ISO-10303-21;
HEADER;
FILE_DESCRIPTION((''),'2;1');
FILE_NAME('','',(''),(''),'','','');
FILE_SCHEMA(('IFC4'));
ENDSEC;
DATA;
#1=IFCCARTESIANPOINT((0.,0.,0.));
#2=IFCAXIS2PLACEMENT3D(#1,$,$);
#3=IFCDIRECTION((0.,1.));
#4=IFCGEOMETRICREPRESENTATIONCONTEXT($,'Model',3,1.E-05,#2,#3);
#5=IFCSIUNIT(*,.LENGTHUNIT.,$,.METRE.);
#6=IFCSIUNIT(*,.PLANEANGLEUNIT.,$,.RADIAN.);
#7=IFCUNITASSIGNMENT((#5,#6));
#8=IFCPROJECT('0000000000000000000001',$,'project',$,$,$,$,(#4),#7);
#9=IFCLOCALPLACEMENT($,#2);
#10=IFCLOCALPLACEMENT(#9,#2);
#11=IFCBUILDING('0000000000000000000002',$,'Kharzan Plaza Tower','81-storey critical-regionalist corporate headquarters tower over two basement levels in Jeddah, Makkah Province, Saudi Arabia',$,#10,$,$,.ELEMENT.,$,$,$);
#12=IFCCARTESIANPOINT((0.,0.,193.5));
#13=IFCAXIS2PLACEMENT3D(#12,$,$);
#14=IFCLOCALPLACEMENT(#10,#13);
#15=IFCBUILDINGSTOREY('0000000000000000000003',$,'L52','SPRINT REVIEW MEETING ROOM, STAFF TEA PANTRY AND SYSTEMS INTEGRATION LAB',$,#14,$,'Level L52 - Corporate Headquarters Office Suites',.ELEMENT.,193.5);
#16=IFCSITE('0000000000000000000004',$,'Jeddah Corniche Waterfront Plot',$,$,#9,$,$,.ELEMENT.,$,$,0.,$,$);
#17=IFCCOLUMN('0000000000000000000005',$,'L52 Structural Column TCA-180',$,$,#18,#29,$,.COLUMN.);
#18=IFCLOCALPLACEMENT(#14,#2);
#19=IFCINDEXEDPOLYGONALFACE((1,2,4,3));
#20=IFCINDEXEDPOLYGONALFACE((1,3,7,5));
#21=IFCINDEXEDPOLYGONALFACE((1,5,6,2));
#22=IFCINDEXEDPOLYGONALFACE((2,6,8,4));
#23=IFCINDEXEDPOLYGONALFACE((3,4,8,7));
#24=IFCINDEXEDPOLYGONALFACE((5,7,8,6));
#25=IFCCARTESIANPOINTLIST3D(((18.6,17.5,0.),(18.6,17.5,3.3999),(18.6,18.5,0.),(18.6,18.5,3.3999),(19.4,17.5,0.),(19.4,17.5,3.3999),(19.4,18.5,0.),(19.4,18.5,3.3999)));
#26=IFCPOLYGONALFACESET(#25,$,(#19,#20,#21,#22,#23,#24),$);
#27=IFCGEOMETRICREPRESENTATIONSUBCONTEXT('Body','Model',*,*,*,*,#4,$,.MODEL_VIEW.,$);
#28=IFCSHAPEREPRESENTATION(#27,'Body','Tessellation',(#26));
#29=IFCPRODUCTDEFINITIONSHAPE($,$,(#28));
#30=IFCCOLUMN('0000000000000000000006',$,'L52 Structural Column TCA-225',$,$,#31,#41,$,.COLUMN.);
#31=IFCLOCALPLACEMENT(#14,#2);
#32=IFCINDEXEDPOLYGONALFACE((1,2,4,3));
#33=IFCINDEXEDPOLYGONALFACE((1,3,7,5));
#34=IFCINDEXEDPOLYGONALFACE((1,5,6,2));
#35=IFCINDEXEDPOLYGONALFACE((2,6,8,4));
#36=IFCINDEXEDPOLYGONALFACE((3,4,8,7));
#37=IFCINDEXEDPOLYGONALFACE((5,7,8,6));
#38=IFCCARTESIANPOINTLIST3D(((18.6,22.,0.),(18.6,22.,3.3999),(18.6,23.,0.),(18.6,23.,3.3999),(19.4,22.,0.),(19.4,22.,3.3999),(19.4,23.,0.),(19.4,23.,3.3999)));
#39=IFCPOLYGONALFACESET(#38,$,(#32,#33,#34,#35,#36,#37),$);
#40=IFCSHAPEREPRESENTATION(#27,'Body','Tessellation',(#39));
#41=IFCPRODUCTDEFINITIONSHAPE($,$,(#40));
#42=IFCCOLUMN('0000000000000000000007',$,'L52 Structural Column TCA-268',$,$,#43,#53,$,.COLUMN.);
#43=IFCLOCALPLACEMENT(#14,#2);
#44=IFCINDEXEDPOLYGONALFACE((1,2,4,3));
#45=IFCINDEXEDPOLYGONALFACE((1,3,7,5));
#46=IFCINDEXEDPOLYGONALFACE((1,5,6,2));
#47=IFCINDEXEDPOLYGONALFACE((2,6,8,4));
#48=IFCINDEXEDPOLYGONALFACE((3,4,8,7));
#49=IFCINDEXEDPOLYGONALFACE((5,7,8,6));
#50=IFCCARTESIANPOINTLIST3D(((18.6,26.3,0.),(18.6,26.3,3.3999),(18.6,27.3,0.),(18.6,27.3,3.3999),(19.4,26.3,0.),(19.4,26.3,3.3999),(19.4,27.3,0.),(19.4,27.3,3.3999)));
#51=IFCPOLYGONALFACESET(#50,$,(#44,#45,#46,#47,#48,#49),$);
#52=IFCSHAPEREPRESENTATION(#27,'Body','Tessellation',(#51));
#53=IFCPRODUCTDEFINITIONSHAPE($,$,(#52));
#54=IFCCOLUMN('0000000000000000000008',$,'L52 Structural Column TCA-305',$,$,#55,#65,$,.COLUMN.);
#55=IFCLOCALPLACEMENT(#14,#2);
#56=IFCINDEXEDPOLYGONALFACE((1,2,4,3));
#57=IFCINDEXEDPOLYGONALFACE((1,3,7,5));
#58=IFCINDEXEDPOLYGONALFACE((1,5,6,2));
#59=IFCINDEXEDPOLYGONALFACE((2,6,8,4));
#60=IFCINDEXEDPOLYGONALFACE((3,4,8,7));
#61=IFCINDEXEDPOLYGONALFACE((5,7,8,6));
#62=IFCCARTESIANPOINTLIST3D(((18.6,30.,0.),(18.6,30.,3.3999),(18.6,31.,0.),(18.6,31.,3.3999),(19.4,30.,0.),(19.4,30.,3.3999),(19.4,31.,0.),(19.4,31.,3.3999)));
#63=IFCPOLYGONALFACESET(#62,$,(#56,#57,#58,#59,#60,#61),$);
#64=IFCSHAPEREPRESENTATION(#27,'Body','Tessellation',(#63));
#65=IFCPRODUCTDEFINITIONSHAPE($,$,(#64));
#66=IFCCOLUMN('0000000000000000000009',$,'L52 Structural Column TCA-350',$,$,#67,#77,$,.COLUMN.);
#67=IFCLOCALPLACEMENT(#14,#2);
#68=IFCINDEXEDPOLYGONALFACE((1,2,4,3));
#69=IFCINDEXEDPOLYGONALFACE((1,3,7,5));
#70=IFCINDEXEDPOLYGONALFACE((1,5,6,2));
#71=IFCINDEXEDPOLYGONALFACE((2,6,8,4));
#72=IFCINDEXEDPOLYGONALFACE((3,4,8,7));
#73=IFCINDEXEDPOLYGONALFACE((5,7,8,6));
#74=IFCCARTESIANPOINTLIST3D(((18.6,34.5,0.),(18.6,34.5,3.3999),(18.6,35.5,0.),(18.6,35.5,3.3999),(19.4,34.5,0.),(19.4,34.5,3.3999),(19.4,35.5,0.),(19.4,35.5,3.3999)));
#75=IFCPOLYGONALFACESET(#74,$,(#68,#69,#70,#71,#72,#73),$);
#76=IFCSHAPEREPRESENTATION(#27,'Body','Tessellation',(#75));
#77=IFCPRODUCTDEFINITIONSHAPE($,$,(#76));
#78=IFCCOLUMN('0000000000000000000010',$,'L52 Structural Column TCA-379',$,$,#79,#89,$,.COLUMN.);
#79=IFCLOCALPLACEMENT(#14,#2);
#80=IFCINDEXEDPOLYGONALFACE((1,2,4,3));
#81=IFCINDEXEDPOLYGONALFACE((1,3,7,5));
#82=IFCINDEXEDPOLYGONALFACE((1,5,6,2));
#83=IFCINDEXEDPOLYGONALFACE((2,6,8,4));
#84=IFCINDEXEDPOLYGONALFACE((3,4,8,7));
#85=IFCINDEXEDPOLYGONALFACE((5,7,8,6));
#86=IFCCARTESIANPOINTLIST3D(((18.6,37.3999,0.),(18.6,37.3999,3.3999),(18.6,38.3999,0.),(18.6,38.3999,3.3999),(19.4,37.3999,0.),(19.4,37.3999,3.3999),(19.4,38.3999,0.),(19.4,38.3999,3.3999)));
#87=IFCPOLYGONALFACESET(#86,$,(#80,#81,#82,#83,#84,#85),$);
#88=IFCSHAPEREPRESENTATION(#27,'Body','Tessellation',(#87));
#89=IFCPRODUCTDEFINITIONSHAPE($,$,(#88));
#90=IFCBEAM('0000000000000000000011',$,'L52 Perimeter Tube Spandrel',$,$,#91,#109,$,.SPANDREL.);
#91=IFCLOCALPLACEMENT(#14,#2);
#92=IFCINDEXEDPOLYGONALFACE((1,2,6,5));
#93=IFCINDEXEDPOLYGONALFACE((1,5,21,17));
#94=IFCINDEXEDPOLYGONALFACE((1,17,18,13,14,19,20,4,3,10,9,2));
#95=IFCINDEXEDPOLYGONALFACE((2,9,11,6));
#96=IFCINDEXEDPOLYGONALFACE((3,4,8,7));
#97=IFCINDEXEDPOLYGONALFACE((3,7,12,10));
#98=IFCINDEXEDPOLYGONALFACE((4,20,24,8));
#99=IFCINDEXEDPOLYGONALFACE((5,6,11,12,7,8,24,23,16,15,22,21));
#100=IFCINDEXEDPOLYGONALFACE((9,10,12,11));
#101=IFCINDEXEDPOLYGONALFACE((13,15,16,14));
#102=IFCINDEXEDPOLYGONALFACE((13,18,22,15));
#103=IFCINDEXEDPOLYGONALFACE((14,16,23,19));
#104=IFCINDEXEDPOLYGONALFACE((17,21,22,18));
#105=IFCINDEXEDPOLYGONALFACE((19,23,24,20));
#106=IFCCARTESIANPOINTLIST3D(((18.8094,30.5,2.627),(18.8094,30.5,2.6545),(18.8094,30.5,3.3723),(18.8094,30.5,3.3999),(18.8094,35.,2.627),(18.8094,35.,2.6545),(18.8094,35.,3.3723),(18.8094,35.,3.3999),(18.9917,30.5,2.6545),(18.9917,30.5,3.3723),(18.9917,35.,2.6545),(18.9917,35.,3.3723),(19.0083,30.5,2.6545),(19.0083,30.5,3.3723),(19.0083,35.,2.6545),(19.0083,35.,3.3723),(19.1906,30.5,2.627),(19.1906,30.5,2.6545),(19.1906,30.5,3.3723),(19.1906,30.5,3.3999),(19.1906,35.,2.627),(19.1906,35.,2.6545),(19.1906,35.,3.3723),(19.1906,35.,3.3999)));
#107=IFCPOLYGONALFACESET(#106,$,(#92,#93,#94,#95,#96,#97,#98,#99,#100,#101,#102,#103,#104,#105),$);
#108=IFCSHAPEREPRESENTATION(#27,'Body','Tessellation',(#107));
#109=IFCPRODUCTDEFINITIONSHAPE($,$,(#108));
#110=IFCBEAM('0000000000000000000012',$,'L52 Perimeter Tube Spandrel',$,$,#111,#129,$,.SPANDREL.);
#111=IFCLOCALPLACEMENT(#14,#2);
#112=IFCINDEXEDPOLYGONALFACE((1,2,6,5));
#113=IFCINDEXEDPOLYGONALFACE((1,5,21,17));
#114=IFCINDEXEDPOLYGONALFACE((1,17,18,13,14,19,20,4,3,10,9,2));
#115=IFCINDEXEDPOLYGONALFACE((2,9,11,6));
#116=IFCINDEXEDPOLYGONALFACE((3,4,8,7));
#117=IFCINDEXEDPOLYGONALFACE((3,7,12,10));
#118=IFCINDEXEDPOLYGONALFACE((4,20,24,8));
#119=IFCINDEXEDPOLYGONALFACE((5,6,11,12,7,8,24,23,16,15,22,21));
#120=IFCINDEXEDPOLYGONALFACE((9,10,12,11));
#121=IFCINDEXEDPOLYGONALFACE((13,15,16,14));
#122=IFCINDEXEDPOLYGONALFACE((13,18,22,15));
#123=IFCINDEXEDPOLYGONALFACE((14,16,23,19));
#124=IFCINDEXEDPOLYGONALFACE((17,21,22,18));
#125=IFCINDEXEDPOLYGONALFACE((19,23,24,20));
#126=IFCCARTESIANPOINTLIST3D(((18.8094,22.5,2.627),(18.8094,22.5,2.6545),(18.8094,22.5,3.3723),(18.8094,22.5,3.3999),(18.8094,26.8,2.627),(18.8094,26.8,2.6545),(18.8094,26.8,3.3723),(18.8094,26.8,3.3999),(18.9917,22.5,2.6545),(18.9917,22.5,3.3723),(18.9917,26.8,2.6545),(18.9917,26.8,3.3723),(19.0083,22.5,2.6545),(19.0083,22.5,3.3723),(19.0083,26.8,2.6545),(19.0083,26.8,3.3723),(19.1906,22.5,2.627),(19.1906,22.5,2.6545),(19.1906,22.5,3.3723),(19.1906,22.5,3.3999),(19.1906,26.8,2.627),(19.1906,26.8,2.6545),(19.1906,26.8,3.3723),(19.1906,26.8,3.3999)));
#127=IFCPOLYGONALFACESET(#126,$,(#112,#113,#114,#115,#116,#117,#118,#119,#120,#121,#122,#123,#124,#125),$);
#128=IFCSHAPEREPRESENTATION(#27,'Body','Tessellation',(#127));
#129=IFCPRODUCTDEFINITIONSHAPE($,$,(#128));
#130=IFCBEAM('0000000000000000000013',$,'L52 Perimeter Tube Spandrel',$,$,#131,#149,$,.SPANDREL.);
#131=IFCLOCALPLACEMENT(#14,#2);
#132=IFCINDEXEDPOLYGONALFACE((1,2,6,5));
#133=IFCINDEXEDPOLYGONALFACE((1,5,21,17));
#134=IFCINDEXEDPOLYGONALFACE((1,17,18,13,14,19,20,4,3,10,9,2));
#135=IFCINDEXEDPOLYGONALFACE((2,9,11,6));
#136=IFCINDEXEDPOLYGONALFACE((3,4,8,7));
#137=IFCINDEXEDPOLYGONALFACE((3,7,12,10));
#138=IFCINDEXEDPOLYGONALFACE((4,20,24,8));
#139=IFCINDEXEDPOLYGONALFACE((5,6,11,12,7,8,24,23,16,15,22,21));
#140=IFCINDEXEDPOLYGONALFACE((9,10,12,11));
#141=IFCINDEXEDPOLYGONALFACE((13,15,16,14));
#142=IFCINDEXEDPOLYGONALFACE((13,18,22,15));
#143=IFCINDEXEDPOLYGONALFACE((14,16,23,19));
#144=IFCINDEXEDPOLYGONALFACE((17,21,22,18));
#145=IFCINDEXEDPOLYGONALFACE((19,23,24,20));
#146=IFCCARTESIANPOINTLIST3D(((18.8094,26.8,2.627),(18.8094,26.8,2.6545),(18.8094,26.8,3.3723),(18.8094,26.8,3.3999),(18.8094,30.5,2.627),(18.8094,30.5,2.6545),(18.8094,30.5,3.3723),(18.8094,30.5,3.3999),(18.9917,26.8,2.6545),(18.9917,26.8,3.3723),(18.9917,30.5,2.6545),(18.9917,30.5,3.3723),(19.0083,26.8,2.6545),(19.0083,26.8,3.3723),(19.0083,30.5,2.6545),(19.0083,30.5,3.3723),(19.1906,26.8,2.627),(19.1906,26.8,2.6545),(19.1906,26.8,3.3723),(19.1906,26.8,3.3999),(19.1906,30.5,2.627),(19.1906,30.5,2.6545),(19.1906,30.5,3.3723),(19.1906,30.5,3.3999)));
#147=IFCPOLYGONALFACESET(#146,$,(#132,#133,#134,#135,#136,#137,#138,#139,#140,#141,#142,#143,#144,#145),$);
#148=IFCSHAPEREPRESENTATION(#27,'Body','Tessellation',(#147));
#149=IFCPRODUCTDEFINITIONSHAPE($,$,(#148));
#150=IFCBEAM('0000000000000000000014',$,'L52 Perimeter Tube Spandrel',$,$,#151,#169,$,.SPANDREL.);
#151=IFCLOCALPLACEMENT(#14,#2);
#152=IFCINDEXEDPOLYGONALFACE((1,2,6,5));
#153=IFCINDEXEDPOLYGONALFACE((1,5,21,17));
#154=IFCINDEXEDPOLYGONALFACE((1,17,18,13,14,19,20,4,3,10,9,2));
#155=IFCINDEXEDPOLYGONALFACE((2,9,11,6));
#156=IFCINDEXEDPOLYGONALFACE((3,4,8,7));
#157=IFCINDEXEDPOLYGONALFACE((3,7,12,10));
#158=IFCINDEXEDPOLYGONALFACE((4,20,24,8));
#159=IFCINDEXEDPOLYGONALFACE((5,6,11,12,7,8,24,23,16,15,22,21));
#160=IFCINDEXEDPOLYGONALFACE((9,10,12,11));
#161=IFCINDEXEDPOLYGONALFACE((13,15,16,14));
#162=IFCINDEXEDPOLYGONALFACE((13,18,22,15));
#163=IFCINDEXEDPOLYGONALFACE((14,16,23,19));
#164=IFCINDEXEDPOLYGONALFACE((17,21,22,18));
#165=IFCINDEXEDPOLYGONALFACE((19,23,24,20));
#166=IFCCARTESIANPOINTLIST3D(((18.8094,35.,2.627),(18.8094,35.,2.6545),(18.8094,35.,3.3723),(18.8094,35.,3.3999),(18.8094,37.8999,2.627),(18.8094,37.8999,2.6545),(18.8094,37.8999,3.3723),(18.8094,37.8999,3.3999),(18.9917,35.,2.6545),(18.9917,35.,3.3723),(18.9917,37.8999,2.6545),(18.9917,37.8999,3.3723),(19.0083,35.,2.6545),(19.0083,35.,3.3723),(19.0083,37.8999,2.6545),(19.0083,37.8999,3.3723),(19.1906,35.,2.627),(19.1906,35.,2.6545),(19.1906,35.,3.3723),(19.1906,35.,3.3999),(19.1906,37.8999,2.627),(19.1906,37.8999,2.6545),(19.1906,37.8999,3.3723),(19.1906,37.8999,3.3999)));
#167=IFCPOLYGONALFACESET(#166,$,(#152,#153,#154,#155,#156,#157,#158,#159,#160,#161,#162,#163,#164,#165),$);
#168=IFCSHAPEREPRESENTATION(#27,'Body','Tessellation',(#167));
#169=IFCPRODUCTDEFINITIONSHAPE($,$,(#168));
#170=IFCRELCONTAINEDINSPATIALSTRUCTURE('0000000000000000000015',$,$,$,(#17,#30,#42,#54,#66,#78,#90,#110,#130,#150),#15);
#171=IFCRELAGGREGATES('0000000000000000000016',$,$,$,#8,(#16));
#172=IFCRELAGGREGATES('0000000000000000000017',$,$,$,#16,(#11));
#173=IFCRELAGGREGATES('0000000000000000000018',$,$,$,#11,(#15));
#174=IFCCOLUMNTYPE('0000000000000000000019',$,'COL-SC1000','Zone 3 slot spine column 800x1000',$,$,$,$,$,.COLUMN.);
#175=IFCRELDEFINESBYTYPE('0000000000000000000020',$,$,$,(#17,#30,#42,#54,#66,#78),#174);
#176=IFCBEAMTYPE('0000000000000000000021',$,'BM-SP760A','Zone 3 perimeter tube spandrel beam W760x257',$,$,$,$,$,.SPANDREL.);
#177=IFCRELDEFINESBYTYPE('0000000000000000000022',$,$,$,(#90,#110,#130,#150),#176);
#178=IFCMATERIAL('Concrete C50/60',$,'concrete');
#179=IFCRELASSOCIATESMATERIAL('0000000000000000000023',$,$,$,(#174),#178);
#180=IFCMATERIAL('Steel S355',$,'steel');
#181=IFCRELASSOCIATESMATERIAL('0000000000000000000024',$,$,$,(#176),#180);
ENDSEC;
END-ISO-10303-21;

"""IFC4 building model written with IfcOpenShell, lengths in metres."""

from ifc_helpers import new_model, si_unit, direction, frame, origin, origin_2d, place, context, subcontext, project, spatial, rectangle, i_section, extrude, source, transform, mapped, material, material_profile, profile_set, type_object, element, save


model = new_model("IFC4")

# Units and contexts
model_context = context("Model", 3, precision=1e-05, world=origin(), true_north=direction((0.0, 1.0)))
body_context = subcontext(model_context, "Body", "Model", "MODEL_VIEW")
ifc_project = project(units=[si_unit("LENGTHUNIT", "METRE"), si_unit("PLANEANGLEUNIT", "RADIAN")], contexts=[model_context])

# Site, building, storey
site_placement = place(None, origin())
site = spatial("IfcSite", under=ifc_project, at=site_placement, Name="Jeddah Corniche Waterfront Plot", CompositionType="ELEMENT", RefElevation=0.0)
building_placement = place(site_placement, origin())
building = spatial("IfcBuilding", under=site, at=building_placement, Name="Kharzan Plaza Tower", Description="81-storey critical-regionalist corporate headquarters tower over two basement levels in Jeddah, Makkah Province, Saudi Arabia", CompositionType="ELEMENT")
storey_placement = place(building_placement, frame((0.0, 0.0, 193.5)))
storey = spatial("IfcBuildingStorey", under=building, at=storey_placement, Name="L52", Description="SPRINT REVIEW MEETING ROOM, STAFF TEA PANTRY AND SYSTEMS INTEGRATION LAB", LongName="Level L52 - Corporate Headquarters Office Suites", CompositionType="ELEMENT", Elevation=193.5)

# Columns
ifc_material_1 = material(Name="Concrete C50/60", Category="concrete")
ifc_material_profile_1 = material_profile(ifc_material_1, rectangle(XDim=0.8, YDim=1.0, at=origin_2d()), Name="RC-SC1000x800")
ifc_profile_set_1 = profile_set([ifc_material_profile_1], Name="Concrete C50/60")
column_type = type_object("IfcColumnType", Name="COL-SC1000", Description="Zone 3 slot spine column 800x1000", PredefinedType="COLUMN", material=ifc_profile_set_1)
shared_shape_1 = source(origin(), body_context, "Body", "SweptSolid", [
    extrude(rectangle(XDim=0.8, YDim=1.0, at=origin_2d()), origin(), (0.0, 0.0, 1.0), 3.3999),
])
for number, where, z_axis, x_axis, name in (
    (1, (19.0, 18.0, 0.0), (0.0, 0.0, 1.0), (1.0, 0.0, 0.0), "L52 Structural Column TCA-180"),
    (2, (19.0, 22.5, 0.0), (0.0, 0.0, 1.0), (1.0, 0.0, 0.0), "L52 Structural Column TCA-225"),
    (3, (19.0, 26.8, 0.0), (0.0, 0.0, 1.0), (1.0, 0.0, 0.0), "L52 Structural Column TCA-268"),
    (4, (19.0, 30.5, 0.0), (0.0, 0.0, 1.0), (1.0, 0.0, 0.0), "L52 Structural Column TCA-305"),
    (5, (19.0, 35.0, 0.0), (0.0, 0.0, 1.0), (1.0, 0.0, 0.0), "L52 Structural Column TCA-350"),
    (6, (19.0, 37.8999, 0.0), (0.0, 0.0, 1.0), (1.0, 0.0, 0.0), "L52 Structural Column TCA-379"),
):
    element("IfcColumn", number, at=place(storey_placement, frame(where, z_axis=z_axis, x_axis=x_axis)), inside=storey, type_object=column_type, Name=name, PredefinedType="COLUMN", context=body_context, shape_type="MappedRepresentation", body=[
        mapped(shared_shape_1, transform((0.0, 0.0, 0.0), x_axis=(1.0, 0.0, 0.0), y_axis=(0.0, 1.0, 0.0), z_axis=(0.0, 0.0, 1.0))),
    ])

# Beams
ifc_material_2 = material(Name="Steel S355", Category="steel")
ifc_material_profile_2 = material_profile(ifc_material_2, i_section(OverallWidth=0.3811, OverallDepth=0.7729, WebThickness=0.0166, FlangeThickness=0.0276, at=origin_2d()), Name="W760x257")
ifc_profile_set_2 = profile_set([ifc_material_profile_2], Name="Steel S355")
beam_type = type_object("IfcBeamType", Name="BM-SP760A", Description="Zone 3 perimeter tube spandrel beam W760x257", PredefinedType="SPANDREL", material=ifc_profile_set_2)
shared_shape_2 = source(origin(), body_context, "Body", "SweptSolid", [
    extrude(i_section(OverallWidth=0.3811, OverallDepth=0.7729, WebThickness=0.0166, FlangeThickness=0.0276, at=origin_2d()), origin(), (0.0, 0.0, 1.0), 4.5),
])
beam_1_placement = place(storey_placement, frame((19.0, 30.5, 3.0134), z_axis=(0.0, 1.0, 0.0), x_axis=(-1.0, 0.0, 0.0)))
element("IfcBeam", 7, at=beam_1_placement, inside=storey, type_object=beam_type, Name="L52 Perimeter Tube Spandrel", PredefinedType="SPANDREL", context=body_context, shape_type="MappedRepresentation", body=[
    mapped(shared_shape_2, transform((0.0, 0.0, 0.0), x_axis=(1.0, 0.0, 0.0), y_axis=(0.0, 1.0, 0.0), z_axis=(0.0, 0.0, 1.0))),
])
shared_shape_3 = source(origin(), body_context, "Body", "SweptSolid", [
    extrude(i_section(OverallWidth=0.3811, OverallDepth=0.7729, WebThickness=0.0166, FlangeThickness=0.0276, at=origin_2d()), origin(), (0.0, 0.0, 1.0), 4.3),
])
beam_2_placement = place(storey_placement, frame((19.0, 22.5, 3.0134), z_axis=(0.0, 1.0, 0.0), x_axis=(-1.0, 0.0, 0.0)))
element("IfcBeam", 8, at=beam_2_placement, inside=storey, type_object=beam_type, Name="L52 Perimeter Tube Spandrel", PredefinedType="SPANDREL", context=body_context, shape_type="MappedRepresentation", body=[
    mapped(shared_shape_3, transform((0.0, 0.0, 0.0), x_axis=(1.0, 0.0, 0.0), y_axis=(0.0, 1.0, 0.0), z_axis=(0.0, 0.0, 1.0))),
])
shared_shape_4 = source(origin(), body_context, "Body", "SweptSolid", [
    extrude(i_section(OverallWidth=0.3811, OverallDepth=0.7729, WebThickness=0.0166, FlangeThickness=0.0276, at=origin_2d()), origin(), (0.0, 0.0, 1.0), 3.7),
])
beam_3_placement = place(storey_placement, frame((19.0, 26.8, 3.0134), z_axis=(0.0, 1.0, 0.0), x_axis=(-1.0, 0.0, 0.0)))
element("IfcBeam", 9, at=beam_3_placement, inside=storey, type_object=beam_type, Name="L52 Perimeter Tube Spandrel", PredefinedType="SPANDREL", context=body_context, shape_type="MappedRepresentation", body=[
    mapped(shared_shape_4, transform((0.0, 0.0, 0.0), x_axis=(1.0, 0.0, 0.0), y_axis=(0.0, 1.0, 0.0), z_axis=(0.0, 0.0, 1.0))),
])
shared_shape_5 = source(origin(), body_context, "Body", "SweptSolid", [
    extrude(i_section(OverallWidth=0.3811, OverallDepth=0.7729, WebThickness=0.0166, FlangeThickness=0.0276, at=origin_2d()), origin(), (0.0, 0.0, 1.0), 2.8999),
])
beam_4_placement = place(storey_placement, frame((19.0, 35.0, 3.0134), z_axis=(0.0, 1.0, 0.0), x_axis=(-1.0, 0.0, 0.0)))
element("IfcBeam", 10, at=beam_4_placement, inside=storey, type_object=beam_type, Name="L52 Perimeter Tube Spandrel", PredefinedType="SPANDREL", context=body_context, shape_type="MappedRepresentation", body=[
    mapped(shared_shape_5, transform((0.0, 0.0, 0.0), x_axis=(1.0, 0.0, 0.0), y_axis=(0.0, 1.0, 0.0), z_axis=(0.0, 0.0, 1.0))),
])

save(model, "model.ifc")
